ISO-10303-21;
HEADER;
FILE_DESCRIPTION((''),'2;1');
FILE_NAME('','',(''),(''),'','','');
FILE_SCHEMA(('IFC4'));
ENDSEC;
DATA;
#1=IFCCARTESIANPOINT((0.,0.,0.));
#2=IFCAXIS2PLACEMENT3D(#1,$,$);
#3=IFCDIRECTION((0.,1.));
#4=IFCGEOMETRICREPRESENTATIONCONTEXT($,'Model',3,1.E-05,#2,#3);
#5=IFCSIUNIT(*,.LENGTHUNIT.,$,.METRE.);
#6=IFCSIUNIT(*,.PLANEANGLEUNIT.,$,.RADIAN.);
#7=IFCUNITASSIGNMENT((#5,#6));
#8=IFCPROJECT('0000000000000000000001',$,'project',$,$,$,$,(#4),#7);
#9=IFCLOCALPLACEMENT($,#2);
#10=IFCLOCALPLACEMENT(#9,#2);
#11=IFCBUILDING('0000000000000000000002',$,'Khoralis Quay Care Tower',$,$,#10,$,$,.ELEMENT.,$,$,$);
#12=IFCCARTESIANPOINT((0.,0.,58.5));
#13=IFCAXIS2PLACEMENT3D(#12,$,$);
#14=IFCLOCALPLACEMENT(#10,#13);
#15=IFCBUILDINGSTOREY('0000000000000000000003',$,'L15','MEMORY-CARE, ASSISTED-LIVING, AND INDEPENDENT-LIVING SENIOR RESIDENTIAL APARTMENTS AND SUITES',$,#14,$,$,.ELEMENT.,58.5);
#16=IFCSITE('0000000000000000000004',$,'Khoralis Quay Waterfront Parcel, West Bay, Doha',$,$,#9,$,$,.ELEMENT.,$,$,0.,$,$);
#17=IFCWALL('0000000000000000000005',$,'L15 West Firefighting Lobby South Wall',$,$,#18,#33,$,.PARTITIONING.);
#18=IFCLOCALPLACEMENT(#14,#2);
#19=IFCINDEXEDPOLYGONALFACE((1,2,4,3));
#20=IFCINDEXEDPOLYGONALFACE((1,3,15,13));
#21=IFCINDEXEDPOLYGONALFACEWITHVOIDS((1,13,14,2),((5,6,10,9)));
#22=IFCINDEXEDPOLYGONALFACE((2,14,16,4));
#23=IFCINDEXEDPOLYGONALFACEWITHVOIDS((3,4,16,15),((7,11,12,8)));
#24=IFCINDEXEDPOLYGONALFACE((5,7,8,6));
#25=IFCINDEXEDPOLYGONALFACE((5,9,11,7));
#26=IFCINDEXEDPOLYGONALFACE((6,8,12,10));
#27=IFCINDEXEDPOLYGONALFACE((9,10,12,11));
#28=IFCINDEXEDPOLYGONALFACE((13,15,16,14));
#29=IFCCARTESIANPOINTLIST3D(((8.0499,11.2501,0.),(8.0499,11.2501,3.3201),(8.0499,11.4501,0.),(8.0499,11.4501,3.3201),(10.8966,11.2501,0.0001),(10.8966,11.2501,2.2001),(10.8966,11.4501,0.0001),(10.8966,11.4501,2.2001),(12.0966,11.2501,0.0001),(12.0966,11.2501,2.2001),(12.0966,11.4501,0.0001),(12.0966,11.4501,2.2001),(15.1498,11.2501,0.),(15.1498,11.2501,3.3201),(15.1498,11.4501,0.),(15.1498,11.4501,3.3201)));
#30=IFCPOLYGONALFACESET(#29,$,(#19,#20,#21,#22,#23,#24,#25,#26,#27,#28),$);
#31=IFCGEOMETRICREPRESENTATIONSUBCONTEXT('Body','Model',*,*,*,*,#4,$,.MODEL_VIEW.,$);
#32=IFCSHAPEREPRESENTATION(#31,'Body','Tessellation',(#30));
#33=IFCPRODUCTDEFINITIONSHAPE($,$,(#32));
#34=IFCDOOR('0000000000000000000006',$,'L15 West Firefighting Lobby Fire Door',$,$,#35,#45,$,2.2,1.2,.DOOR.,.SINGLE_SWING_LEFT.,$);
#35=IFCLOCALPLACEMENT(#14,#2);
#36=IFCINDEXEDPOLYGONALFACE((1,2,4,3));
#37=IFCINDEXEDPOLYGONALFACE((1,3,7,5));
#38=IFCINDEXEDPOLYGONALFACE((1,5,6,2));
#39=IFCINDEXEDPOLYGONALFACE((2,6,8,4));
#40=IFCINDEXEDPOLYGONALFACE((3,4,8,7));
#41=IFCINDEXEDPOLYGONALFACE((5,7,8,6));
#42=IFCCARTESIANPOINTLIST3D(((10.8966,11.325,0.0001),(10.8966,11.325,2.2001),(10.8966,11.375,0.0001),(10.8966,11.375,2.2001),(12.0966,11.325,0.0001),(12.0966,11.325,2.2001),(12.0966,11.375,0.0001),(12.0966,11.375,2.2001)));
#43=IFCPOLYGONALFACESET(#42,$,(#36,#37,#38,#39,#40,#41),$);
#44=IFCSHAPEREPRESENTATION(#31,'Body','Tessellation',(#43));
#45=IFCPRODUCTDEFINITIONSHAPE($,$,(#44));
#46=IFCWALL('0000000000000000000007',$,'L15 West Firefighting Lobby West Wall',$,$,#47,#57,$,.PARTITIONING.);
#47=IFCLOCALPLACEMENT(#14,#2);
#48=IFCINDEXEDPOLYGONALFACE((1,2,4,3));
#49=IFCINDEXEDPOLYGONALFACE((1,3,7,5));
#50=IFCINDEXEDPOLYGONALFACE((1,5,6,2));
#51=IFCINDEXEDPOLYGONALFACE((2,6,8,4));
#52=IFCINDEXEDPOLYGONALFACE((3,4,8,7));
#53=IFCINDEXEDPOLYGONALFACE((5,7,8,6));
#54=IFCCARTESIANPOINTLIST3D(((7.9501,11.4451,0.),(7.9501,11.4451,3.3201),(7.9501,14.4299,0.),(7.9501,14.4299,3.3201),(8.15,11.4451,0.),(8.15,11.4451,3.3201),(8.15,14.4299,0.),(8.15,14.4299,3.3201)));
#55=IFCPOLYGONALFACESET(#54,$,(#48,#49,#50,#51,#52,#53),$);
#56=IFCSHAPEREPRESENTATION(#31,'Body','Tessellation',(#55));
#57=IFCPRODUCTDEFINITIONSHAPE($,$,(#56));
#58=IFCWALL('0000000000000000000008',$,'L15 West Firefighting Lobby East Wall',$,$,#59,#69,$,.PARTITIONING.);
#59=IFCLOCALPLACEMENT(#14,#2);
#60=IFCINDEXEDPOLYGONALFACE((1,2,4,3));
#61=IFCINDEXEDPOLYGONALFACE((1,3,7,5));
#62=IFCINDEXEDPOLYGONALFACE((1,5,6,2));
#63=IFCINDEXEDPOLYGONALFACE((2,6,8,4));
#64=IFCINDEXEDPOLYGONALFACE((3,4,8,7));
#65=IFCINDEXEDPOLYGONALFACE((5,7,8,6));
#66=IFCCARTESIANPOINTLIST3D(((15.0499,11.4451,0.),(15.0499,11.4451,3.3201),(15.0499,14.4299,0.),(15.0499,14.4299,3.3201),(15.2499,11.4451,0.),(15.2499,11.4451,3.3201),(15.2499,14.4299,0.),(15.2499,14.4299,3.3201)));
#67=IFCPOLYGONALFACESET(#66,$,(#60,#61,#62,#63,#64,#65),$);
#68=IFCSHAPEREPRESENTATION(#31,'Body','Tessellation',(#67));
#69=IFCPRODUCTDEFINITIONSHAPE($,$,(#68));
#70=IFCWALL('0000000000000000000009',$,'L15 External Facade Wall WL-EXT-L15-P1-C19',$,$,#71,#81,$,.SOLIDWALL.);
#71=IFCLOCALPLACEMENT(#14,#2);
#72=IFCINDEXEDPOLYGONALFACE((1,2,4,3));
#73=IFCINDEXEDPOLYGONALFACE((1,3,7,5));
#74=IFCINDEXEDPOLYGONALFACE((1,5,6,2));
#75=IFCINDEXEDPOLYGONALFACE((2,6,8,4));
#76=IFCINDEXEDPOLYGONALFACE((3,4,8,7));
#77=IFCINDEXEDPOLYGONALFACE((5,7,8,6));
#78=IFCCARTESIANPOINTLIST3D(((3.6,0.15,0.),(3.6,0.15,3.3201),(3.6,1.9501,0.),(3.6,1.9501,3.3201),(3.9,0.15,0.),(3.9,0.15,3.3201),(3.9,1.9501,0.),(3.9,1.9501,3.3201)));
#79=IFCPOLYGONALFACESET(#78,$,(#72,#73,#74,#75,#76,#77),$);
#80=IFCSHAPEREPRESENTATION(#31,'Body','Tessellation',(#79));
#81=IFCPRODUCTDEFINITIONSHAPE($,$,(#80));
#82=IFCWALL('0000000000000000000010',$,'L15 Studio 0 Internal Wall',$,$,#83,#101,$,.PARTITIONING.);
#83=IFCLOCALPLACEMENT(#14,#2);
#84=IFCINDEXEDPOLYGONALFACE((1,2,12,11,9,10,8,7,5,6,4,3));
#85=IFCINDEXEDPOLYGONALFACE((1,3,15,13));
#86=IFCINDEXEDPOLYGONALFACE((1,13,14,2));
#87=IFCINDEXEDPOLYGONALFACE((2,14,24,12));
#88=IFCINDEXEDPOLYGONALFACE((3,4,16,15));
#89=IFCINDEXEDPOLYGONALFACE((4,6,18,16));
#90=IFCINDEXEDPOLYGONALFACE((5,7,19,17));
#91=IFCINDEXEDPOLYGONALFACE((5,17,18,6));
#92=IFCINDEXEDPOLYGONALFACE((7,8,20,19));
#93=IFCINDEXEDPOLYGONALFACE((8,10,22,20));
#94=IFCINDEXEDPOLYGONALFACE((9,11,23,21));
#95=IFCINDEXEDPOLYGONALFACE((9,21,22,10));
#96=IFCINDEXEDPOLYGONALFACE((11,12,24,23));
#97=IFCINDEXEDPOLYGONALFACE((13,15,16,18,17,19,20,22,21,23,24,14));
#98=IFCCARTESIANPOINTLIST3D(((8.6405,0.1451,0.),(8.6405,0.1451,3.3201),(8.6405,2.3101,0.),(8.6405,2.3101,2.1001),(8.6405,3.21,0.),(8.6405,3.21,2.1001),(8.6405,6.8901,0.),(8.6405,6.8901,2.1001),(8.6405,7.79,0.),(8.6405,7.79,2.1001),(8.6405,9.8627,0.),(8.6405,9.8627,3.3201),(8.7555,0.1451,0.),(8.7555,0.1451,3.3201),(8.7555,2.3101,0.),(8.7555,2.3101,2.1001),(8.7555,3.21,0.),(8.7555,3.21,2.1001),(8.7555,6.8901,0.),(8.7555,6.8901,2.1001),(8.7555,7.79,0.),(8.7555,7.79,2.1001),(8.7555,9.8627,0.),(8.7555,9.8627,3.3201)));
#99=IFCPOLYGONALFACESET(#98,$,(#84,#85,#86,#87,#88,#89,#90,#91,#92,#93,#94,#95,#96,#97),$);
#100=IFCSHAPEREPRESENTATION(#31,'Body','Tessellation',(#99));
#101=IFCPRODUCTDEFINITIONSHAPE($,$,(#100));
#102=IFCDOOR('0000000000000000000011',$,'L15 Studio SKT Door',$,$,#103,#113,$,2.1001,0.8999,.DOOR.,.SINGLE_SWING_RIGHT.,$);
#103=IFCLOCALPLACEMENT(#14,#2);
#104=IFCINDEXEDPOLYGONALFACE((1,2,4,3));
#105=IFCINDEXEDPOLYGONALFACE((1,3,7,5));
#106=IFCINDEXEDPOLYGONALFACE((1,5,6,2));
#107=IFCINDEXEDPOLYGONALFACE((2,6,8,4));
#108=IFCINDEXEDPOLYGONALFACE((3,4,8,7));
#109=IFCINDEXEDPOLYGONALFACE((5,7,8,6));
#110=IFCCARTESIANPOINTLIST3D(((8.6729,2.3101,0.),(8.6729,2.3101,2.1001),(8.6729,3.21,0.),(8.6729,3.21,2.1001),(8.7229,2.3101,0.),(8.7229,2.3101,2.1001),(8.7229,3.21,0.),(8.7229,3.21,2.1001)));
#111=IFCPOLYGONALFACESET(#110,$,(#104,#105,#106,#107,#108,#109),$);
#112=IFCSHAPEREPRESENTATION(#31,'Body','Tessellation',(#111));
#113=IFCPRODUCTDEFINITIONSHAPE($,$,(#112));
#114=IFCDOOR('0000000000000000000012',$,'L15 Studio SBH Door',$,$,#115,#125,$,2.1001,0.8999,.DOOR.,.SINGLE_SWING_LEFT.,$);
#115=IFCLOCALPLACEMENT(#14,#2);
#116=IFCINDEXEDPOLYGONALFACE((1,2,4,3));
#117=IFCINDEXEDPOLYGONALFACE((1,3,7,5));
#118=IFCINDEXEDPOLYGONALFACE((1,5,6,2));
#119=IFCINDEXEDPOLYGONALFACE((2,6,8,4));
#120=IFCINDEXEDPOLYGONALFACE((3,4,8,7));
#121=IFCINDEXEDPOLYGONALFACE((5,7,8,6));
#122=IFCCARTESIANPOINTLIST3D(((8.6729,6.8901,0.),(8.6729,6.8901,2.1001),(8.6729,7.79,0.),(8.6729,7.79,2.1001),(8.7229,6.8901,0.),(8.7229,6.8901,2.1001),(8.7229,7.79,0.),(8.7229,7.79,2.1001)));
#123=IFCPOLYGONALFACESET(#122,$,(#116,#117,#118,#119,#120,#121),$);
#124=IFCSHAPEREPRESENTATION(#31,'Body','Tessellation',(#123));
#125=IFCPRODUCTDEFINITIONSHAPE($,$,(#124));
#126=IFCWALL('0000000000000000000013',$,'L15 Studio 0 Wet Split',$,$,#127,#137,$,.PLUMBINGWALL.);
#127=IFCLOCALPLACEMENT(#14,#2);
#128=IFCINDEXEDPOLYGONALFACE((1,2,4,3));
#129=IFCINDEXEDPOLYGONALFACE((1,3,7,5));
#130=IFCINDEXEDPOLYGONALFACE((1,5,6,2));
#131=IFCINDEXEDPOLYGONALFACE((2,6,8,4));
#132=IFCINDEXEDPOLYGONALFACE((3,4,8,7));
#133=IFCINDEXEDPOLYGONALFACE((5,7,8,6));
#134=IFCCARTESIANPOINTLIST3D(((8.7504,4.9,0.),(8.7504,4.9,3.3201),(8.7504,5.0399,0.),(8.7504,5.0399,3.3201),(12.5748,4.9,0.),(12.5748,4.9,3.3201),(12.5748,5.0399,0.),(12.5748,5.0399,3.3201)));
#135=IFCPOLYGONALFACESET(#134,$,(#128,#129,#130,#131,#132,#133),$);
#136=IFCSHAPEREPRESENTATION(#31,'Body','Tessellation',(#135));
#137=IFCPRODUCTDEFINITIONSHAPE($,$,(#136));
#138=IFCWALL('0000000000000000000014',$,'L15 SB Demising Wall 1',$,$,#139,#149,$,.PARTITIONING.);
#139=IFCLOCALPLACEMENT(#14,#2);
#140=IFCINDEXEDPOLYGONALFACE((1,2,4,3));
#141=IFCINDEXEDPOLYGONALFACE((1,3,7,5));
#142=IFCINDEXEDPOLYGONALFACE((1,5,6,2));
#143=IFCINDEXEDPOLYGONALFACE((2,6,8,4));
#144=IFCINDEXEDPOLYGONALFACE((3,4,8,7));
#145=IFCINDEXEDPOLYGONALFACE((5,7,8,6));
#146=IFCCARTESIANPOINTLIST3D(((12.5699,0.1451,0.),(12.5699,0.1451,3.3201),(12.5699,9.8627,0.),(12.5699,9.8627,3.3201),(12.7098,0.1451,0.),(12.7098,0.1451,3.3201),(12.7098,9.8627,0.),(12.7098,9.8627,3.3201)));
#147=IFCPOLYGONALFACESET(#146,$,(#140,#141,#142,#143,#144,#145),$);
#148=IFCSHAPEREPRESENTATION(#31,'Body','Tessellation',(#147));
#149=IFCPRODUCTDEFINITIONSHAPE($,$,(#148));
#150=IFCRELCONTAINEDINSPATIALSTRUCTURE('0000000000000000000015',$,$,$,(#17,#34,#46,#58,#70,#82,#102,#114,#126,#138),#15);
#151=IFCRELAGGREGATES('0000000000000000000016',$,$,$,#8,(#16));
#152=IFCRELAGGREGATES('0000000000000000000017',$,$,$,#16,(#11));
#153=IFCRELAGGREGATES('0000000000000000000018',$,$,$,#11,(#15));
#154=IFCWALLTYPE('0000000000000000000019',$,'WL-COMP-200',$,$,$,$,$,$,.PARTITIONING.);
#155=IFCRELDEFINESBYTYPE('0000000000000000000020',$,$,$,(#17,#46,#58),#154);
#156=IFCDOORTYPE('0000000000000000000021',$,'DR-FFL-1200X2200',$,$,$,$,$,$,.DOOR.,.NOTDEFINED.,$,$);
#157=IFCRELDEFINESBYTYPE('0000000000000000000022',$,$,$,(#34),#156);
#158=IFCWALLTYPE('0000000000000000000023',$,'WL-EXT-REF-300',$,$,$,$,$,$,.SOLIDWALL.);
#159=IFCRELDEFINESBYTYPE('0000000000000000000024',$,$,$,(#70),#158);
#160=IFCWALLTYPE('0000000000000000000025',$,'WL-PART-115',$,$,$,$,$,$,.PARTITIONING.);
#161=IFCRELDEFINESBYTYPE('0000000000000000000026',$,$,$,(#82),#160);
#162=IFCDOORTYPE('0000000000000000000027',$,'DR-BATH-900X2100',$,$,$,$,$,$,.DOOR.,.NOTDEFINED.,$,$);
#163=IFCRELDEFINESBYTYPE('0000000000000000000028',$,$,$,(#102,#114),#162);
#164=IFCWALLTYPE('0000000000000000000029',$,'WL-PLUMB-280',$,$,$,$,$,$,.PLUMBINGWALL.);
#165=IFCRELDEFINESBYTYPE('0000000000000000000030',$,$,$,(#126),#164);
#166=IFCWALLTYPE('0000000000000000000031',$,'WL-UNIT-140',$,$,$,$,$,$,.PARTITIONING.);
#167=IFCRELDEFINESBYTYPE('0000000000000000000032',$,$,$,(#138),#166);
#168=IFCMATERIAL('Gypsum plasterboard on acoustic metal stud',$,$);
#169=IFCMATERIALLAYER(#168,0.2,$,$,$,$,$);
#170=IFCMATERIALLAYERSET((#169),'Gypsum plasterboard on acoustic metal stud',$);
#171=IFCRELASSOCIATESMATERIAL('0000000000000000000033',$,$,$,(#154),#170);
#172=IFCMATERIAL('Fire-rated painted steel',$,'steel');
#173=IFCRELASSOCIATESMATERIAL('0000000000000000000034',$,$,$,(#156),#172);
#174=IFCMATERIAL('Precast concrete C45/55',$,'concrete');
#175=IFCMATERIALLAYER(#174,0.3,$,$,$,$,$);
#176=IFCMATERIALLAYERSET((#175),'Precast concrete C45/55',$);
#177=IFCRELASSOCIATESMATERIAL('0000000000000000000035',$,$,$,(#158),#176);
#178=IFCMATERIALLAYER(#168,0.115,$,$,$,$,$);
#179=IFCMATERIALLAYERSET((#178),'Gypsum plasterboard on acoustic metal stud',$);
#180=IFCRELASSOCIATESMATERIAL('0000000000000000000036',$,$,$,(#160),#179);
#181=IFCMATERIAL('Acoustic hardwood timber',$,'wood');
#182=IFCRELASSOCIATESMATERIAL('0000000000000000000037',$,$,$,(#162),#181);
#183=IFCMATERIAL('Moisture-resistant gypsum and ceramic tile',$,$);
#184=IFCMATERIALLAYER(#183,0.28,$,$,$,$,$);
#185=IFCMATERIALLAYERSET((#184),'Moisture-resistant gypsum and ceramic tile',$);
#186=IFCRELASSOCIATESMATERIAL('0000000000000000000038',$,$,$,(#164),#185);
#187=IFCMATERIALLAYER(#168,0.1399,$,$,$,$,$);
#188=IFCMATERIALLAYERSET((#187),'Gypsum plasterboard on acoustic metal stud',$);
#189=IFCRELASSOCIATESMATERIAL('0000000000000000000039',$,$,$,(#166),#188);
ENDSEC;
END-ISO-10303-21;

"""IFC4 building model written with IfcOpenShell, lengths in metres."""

from ifc_helpers import new_model, si_unit, direction, frame, frame_2d, origin, place, context, subcontext, project, spatial, rectangle, extrude, source, transform, mapped, material, layer, layer_set, type_object, element, fill, save


model = new_model("IFC4")

# Units and contexts
model_context = context("Model", 3, precision=1e-05, world=origin(), true_north=direction((0.0, 1.0)))
body_context = subcontext(model_context, "Body", "Model", "MODEL_VIEW")
ifc_project = project(units=[si_unit("LENGTHUNIT", "METRE"), si_unit("PLANEANGLEUNIT", "RADIAN")], contexts=[model_context])

# Site, building, storey
site_placement = place(None, origin())
site = spatial("IfcSite", under=ifc_project, at=site_placement, Name="Khoralis Quay Waterfront Parcel, West Bay, Doha", CompositionType="ELEMENT", RefElevation=0.0)
building_placement = place(site_placement, origin())
building = spatial("IfcBuilding", under=site, at=building_placement, Name="Khoralis Quay Care Tower", CompositionType="ELEMENT")
storey_placement = place(building_placement, frame((0.0, 0.0, 58.5)))
storey = spatial("IfcBuildingStorey", under=building, at=storey_placement, Name="L15", Description="MEMORY-CARE, ASSISTED-LIVING, AND INDEPENDENT-LIVING SENIOR RESIDENTIAL APARTMENTS AND SUITES", CompositionType="ELEMENT", Elevation=58.5)

# Wall, opening, door
ifc_material_1 = material(Name="Gypsum plasterboard on acoustic metal stud")
ifc_layer_1 = layer(ifc_material_1, 0.2)
ifc_layer_set_1 = layer_set([ifc_layer_1], Name="Gypsum plasterboard on acoustic metal stud")
wall_type_1 = type_object("IfcWallType", Name="WL-COMP-200", PredefinedType="PARTITIONING", material=ifc_layer_set_1)
wall_1_placement = place(storey_placement, frame((8.05, 11.3501, 0.0), z_axis=(0.0, 0.0, 1.0), x_axis=(1.0, 0.0, 0.0)))
wall_1 = element("IfcWall", 1, at=wall_1_placement, inside=storey, type_object=wall_type_1, Name="L15 West Firefighting Lobby South Wall", PredefinedType="PARTITIONING", context=body_context, shape_type="SweptSolid", body=[
    extrude(rectangle(XDim=7.0999, YDim=0.2, at=frame_2d((3.5498, 0.0))), origin(), (0.0, 0.0, 1.0), 3.3201),
])
opening_1_placement = place(wall_1_placement, frame((2.8464, 0.0, 0.0)))
opening_1 = element("IfcOpeningElement", 2, at=opening_1_placement, cuts=wall_1, PredefinedType="OPENING", context=body_context, shape_type="SweptSolid", body=[
    extrude(rectangle(XDim=1.2, YDim=2.2, at=frame_2d((0.6001, 1.1001))), frame((0.0, 0.1099, 0.0), z_axis=(0.0, -1.0, 0.0), x_axis=(1.0, 0.0, 0.0)), (0.0, 0.0, 1.0), 0.22),
])
ifc_material_2 = material(Name="Fire-rated painted steel", Category="steel")
door_type_1 = type_object("IfcDoorType", Name="DR-FFL-1200X2200", OperationType="NOTDEFINED", PredefinedType="DOOR", material=ifc_material_2)
shared_shape_1 = source(origin(), body_context, "Body", "SweptSolid", [
    extrude(rectangle(XDim=1.2, YDim=2.2, at=frame_2d((0.6001, 1.1001))), frame((0.0, 0.0249, 0.0), z_axis=(0.0, -1.0, 0.0), x_axis=(1.0, 0.0, 0.0)), (0.0, 0.0, 1.0), 0.05),
])
door_1_placement = place(opening_1_placement, origin())
door_1 = element("IfcDoor", 3, at=door_1_placement, inside=storey, type_object=door_type_1, Name="L15 West Firefighting Lobby Fire Door", OperationType="SINGLE_SWING_LEFT", OverallHeight=2.2, OverallWidth=1.2, PredefinedType="DOOR", context=body_context, shape_type="MappedRepresentation", body=[
    mapped(shared_shape_1, transform((0.0, 0.0, 0.0), scale=1.0)),
])
fill(opening_1, door_1)

# Walls
for number, where, z_axis, x_axis, name in (
    (4, (8.05, 11.4451, 0.0), (0.0, 0.0, 1.0), (0.0, 1.0, 0.0), "L15 West Firefighting Lobby West Wall"),
    (5, (15.1499, 11.4451, 0.0), (0.0, 0.0, 1.0), (0.0, 1.0, 0.0), "L15 West Firefighting Lobby East Wall"),
):
    element("IfcWall", number, at=place(storey_placement, frame(where, z_axis=z_axis, x_axis=x_axis)), inside=storey, type_object=wall_type_1, Name=name, PredefinedType="PARTITIONING", context=body_context, shape_type="SweptSolid", body=[
        extrude(rectangle(XDim=2.9849, YDim=0.2, at=frame_2d((1.4924, 0.0))), origin(), (0.0, 0.0, 1.0), 3.3201),
    ])
ifc_material_3 = material(Name="Precast concrete C45/55", Category="concrete")
ifc_layer_2 = layer(ifc_material_3, 0.3)
ifc_layer_set_2 = layer_set([ifc_layer_2], Name="Precast concrete C45/55")
wall_type_2 = type_object("IfcWallType", Name="WL-EXT-REF-300", PredefinedType="SOLIDWALL", material=ifc_layer_set_2)
wall_2_placement = place(storey_placement, frame((3.75, 1.95, 0.0), z_axis=(0.0, 0.0, 1.0), x_axis=(0.0, -1.0, 0.0)))
element("IfcWall", 6, at=wall_2_placement, inside=storey, type_object=wall_type_2, Name="L15 External Facade Wall WL-EXT-L15-P1-C19", PredefinedType="SOLIDWALL", context=body_context, shape_type="SweptSolid", body=[
    extrude(rectangle(XDim=1.8, YDim=0.3, at=frame_2d((0.8999, 0.0))), origin(), (0.0, 0.0, 1.0), 3.3201),
])

# Wall, openings, doors
ifc_layer_3 = layer(ifc_material_1, 0.115)
ifc_layer_set_3 = layer_set([ifc_layer_3], Name="Gypsum plasterboard on acoustic metal stud")
wall_type_3 = type_object("IfcWallType", Name="WL-PART-115", PredefinedType="PARTITIONING", material=ifc_layer_set_3)
wall_3_placement = place(storey_placement, frame((8.698, 0.145, 0.0), z_axis=(0.0, 0.0, 1.0), x_axis=(0.0, 1.0, 0.0)))
wall_3 = element("IfcWall", 7, at=wall_3_placement, inside=storey, type_object=wall_type_3, Name="L15 Studio 0 Internal Wall", PredefinedType="PARTITIONING", context=body_context, shape_type="SweptSolid", body=[
    extrude(rectangle(XDim=9.7175, YDim=0.115, at=frame_2d((4.8589, 0.0))), origin(), (0.0, 0.0, 1.0), 3.3201),
])
opening_2_placement = place(wall_3_placement, frame((2.165, 0.0, 0.0)))
opening_2 = element("IfcOpeningElement", 8, at=opening_2_placement, cuts=wall_3, PredefinedType="OPENING", context=body_context, shape_type="SweptSolid", body=[
    extrude(rectangle(XDim=0.8999, YDim=2.1001, at=frame_2d((0.45, 1.05))), frame((0.0, 0.0674, 0.0), z_axis=(0.0, -1.0, 0.0), x_axis=(1.0, 0.0, 0.0)), (0.0, 0.0, 1.0), 0.135),
])
opening_3_placement = place(wall_3_placement, frame((6.7451, 0.0, 0.0)))
opening_3 = element("IfcOpeningElement", 9, at=opening_3_placement, cuts=wall_3, PredefinedType="OPENING", context=body_context, shape_type="SweptSolid", body=[
    extrude(rectangle(XDim=0.8999, YDim=2.1001, at=frame_2d((0.45, 1.05))), frame((0.0, 0.0674, 0.0), z_axis=(0.0, -1.0, 0.0), x_axis=(1.0, 0.0, 0.0)), (0.0, 0.0, 1.0), 0.135),
])
ifc_material_4 = material(Name="Acoustic hardwood timber", Category="wood")
door_type_2 = type_object("IfcDoorType", Name="DR-BATH-900X2100", OperationType="NOTDEFINED", PredefinedType="DOOR", material=ifc_material_4)
shared_shape_2 = source(origin(), body_context, "Body", "SweptSolid", [
    extrude(rectangle(XDim=0.8999, YDim=2.1001, at=frame_2d((0.45, 1.05))), frame((0.0, 0.0249, 0.0), z_axis=(0.0, -1.0, 0.0), x_axis=(1.0, 0.0, 0.0)), (0.0, 0.0, 1.0), 0.05),
])
door_2_placement = place(opening_2_placement, frame((0.8999, 0.0, 0.0), z_axis=(0.0, 0.0, 1.0), x_axis=(-1.0, 0.0, 0.0)))
door_2 = element("IfcDoor", 10, at=door_2_placement, inside=storey, type_object=door_type_2, Name="L15 Studio SKT Door", OperationType="SINGLE_SWING_RIGHT", OverallHeight=2.1001, OverallWidth=0.8999, PredefinedType="DOOR", context=body_context, shape_type="MappedRepresentation", body=[
    mapped(shared_shape_2, transform((0.0, 0.0, 0.0), scale=1.0)),
])
fill(opening_2, door_2)
door_3_placement = place(opening_3_placement, frame((0.8999, 0.0, 0.0), z_axis=(0.0, 0.0, 1.0), x_axis=(-1.0, 0.0, 0.0)))
door_3 = element("IfcDoor", 11, at=door_3_placement, inside=storey, type_object=door_type_2, Name="L15 Studio SBH Door", OperationType="SINGLE_SWING_LEFT", OverallHeight=2.1001, OverallWidth=0.8999, PredefinedType="DOOR", context=body_context, shape_type="MappedRepresentation", body=[
    mapped(shared_shape_2, transform((0.0, 0.0, 0.0), scale=1.0)),
])
fill(opening_3, door_3)

# Walls
ifc_material_5 = material(Name="Moisture-resistant gypsum and ceramic tile")
ifc_layer_4 = layer(ifc_material_5, 0.28)
ifc_layer_set_4 = layer_set([ifc_layer_4], Name="Moisture-resistant gypsum and ceramic tile")
wall_type_4 = type_object("IfcWallType", Name="WL-PLUMB-280", PredefinedType="PLUMBINGWALL", material=ifc_layer_set_4)
wall_4_placement = place(storey_placement, frame((8.7505, 4.97, 0.0), z_axis=(0.0, 0.0, 1.0), x_axis=(1.0, 0.0, 0.0)))
element("IfcWall", 12, at=wall_4_placement, inside=storey, type_object=wall_type_4, Name="L15 Studio 0 Wet Split", PredefinedType="PLUMBINGWALL", context=body_context, shape_type="SweptSolid", body=[
    extrude(rectangle(XDim=3.8245, YDim=0.1399, at=frame_2d((1.9121, 0.0))), origin(), (0.0, 0.0, 1.0), 3.3201),
])
ifc_layer_5 = layer(ifc_material_1, 0.1399)
ifc_layer_set_5 = layer_set([ifc_layer_5], Name="Gypsum plasterboard on acoustic metal stud")
wall_type_5 = type_object("IfcWallType", Name="WL-UNIT-140", PredefinedType="PARTITIONING", material=ifc_layer_set_5)
wall_5_placement = place(storey_placement, frame((12.6399, 0.145, 0.0), z_axis=(0.0, 0.0, 1.0), x_axis=(0.0, 1.0, 0.0)))
element("IfcWall", 13, at=wall_5_placement, inside=storey, type_object=wall_type_5, Name="L15 SB Demising Wall 1", PredefinedType="PARTITIONING", context=body_context, shape_type="SweptSolid", body=[
    extrude(rectangle(XDim=9.7175, YDim=0.1399, at=frame_2d((4.8589, 0.0))), origin(), (0.0, 0.0, 1.0), 3.3201),
])

save(model, "model.ifc")
